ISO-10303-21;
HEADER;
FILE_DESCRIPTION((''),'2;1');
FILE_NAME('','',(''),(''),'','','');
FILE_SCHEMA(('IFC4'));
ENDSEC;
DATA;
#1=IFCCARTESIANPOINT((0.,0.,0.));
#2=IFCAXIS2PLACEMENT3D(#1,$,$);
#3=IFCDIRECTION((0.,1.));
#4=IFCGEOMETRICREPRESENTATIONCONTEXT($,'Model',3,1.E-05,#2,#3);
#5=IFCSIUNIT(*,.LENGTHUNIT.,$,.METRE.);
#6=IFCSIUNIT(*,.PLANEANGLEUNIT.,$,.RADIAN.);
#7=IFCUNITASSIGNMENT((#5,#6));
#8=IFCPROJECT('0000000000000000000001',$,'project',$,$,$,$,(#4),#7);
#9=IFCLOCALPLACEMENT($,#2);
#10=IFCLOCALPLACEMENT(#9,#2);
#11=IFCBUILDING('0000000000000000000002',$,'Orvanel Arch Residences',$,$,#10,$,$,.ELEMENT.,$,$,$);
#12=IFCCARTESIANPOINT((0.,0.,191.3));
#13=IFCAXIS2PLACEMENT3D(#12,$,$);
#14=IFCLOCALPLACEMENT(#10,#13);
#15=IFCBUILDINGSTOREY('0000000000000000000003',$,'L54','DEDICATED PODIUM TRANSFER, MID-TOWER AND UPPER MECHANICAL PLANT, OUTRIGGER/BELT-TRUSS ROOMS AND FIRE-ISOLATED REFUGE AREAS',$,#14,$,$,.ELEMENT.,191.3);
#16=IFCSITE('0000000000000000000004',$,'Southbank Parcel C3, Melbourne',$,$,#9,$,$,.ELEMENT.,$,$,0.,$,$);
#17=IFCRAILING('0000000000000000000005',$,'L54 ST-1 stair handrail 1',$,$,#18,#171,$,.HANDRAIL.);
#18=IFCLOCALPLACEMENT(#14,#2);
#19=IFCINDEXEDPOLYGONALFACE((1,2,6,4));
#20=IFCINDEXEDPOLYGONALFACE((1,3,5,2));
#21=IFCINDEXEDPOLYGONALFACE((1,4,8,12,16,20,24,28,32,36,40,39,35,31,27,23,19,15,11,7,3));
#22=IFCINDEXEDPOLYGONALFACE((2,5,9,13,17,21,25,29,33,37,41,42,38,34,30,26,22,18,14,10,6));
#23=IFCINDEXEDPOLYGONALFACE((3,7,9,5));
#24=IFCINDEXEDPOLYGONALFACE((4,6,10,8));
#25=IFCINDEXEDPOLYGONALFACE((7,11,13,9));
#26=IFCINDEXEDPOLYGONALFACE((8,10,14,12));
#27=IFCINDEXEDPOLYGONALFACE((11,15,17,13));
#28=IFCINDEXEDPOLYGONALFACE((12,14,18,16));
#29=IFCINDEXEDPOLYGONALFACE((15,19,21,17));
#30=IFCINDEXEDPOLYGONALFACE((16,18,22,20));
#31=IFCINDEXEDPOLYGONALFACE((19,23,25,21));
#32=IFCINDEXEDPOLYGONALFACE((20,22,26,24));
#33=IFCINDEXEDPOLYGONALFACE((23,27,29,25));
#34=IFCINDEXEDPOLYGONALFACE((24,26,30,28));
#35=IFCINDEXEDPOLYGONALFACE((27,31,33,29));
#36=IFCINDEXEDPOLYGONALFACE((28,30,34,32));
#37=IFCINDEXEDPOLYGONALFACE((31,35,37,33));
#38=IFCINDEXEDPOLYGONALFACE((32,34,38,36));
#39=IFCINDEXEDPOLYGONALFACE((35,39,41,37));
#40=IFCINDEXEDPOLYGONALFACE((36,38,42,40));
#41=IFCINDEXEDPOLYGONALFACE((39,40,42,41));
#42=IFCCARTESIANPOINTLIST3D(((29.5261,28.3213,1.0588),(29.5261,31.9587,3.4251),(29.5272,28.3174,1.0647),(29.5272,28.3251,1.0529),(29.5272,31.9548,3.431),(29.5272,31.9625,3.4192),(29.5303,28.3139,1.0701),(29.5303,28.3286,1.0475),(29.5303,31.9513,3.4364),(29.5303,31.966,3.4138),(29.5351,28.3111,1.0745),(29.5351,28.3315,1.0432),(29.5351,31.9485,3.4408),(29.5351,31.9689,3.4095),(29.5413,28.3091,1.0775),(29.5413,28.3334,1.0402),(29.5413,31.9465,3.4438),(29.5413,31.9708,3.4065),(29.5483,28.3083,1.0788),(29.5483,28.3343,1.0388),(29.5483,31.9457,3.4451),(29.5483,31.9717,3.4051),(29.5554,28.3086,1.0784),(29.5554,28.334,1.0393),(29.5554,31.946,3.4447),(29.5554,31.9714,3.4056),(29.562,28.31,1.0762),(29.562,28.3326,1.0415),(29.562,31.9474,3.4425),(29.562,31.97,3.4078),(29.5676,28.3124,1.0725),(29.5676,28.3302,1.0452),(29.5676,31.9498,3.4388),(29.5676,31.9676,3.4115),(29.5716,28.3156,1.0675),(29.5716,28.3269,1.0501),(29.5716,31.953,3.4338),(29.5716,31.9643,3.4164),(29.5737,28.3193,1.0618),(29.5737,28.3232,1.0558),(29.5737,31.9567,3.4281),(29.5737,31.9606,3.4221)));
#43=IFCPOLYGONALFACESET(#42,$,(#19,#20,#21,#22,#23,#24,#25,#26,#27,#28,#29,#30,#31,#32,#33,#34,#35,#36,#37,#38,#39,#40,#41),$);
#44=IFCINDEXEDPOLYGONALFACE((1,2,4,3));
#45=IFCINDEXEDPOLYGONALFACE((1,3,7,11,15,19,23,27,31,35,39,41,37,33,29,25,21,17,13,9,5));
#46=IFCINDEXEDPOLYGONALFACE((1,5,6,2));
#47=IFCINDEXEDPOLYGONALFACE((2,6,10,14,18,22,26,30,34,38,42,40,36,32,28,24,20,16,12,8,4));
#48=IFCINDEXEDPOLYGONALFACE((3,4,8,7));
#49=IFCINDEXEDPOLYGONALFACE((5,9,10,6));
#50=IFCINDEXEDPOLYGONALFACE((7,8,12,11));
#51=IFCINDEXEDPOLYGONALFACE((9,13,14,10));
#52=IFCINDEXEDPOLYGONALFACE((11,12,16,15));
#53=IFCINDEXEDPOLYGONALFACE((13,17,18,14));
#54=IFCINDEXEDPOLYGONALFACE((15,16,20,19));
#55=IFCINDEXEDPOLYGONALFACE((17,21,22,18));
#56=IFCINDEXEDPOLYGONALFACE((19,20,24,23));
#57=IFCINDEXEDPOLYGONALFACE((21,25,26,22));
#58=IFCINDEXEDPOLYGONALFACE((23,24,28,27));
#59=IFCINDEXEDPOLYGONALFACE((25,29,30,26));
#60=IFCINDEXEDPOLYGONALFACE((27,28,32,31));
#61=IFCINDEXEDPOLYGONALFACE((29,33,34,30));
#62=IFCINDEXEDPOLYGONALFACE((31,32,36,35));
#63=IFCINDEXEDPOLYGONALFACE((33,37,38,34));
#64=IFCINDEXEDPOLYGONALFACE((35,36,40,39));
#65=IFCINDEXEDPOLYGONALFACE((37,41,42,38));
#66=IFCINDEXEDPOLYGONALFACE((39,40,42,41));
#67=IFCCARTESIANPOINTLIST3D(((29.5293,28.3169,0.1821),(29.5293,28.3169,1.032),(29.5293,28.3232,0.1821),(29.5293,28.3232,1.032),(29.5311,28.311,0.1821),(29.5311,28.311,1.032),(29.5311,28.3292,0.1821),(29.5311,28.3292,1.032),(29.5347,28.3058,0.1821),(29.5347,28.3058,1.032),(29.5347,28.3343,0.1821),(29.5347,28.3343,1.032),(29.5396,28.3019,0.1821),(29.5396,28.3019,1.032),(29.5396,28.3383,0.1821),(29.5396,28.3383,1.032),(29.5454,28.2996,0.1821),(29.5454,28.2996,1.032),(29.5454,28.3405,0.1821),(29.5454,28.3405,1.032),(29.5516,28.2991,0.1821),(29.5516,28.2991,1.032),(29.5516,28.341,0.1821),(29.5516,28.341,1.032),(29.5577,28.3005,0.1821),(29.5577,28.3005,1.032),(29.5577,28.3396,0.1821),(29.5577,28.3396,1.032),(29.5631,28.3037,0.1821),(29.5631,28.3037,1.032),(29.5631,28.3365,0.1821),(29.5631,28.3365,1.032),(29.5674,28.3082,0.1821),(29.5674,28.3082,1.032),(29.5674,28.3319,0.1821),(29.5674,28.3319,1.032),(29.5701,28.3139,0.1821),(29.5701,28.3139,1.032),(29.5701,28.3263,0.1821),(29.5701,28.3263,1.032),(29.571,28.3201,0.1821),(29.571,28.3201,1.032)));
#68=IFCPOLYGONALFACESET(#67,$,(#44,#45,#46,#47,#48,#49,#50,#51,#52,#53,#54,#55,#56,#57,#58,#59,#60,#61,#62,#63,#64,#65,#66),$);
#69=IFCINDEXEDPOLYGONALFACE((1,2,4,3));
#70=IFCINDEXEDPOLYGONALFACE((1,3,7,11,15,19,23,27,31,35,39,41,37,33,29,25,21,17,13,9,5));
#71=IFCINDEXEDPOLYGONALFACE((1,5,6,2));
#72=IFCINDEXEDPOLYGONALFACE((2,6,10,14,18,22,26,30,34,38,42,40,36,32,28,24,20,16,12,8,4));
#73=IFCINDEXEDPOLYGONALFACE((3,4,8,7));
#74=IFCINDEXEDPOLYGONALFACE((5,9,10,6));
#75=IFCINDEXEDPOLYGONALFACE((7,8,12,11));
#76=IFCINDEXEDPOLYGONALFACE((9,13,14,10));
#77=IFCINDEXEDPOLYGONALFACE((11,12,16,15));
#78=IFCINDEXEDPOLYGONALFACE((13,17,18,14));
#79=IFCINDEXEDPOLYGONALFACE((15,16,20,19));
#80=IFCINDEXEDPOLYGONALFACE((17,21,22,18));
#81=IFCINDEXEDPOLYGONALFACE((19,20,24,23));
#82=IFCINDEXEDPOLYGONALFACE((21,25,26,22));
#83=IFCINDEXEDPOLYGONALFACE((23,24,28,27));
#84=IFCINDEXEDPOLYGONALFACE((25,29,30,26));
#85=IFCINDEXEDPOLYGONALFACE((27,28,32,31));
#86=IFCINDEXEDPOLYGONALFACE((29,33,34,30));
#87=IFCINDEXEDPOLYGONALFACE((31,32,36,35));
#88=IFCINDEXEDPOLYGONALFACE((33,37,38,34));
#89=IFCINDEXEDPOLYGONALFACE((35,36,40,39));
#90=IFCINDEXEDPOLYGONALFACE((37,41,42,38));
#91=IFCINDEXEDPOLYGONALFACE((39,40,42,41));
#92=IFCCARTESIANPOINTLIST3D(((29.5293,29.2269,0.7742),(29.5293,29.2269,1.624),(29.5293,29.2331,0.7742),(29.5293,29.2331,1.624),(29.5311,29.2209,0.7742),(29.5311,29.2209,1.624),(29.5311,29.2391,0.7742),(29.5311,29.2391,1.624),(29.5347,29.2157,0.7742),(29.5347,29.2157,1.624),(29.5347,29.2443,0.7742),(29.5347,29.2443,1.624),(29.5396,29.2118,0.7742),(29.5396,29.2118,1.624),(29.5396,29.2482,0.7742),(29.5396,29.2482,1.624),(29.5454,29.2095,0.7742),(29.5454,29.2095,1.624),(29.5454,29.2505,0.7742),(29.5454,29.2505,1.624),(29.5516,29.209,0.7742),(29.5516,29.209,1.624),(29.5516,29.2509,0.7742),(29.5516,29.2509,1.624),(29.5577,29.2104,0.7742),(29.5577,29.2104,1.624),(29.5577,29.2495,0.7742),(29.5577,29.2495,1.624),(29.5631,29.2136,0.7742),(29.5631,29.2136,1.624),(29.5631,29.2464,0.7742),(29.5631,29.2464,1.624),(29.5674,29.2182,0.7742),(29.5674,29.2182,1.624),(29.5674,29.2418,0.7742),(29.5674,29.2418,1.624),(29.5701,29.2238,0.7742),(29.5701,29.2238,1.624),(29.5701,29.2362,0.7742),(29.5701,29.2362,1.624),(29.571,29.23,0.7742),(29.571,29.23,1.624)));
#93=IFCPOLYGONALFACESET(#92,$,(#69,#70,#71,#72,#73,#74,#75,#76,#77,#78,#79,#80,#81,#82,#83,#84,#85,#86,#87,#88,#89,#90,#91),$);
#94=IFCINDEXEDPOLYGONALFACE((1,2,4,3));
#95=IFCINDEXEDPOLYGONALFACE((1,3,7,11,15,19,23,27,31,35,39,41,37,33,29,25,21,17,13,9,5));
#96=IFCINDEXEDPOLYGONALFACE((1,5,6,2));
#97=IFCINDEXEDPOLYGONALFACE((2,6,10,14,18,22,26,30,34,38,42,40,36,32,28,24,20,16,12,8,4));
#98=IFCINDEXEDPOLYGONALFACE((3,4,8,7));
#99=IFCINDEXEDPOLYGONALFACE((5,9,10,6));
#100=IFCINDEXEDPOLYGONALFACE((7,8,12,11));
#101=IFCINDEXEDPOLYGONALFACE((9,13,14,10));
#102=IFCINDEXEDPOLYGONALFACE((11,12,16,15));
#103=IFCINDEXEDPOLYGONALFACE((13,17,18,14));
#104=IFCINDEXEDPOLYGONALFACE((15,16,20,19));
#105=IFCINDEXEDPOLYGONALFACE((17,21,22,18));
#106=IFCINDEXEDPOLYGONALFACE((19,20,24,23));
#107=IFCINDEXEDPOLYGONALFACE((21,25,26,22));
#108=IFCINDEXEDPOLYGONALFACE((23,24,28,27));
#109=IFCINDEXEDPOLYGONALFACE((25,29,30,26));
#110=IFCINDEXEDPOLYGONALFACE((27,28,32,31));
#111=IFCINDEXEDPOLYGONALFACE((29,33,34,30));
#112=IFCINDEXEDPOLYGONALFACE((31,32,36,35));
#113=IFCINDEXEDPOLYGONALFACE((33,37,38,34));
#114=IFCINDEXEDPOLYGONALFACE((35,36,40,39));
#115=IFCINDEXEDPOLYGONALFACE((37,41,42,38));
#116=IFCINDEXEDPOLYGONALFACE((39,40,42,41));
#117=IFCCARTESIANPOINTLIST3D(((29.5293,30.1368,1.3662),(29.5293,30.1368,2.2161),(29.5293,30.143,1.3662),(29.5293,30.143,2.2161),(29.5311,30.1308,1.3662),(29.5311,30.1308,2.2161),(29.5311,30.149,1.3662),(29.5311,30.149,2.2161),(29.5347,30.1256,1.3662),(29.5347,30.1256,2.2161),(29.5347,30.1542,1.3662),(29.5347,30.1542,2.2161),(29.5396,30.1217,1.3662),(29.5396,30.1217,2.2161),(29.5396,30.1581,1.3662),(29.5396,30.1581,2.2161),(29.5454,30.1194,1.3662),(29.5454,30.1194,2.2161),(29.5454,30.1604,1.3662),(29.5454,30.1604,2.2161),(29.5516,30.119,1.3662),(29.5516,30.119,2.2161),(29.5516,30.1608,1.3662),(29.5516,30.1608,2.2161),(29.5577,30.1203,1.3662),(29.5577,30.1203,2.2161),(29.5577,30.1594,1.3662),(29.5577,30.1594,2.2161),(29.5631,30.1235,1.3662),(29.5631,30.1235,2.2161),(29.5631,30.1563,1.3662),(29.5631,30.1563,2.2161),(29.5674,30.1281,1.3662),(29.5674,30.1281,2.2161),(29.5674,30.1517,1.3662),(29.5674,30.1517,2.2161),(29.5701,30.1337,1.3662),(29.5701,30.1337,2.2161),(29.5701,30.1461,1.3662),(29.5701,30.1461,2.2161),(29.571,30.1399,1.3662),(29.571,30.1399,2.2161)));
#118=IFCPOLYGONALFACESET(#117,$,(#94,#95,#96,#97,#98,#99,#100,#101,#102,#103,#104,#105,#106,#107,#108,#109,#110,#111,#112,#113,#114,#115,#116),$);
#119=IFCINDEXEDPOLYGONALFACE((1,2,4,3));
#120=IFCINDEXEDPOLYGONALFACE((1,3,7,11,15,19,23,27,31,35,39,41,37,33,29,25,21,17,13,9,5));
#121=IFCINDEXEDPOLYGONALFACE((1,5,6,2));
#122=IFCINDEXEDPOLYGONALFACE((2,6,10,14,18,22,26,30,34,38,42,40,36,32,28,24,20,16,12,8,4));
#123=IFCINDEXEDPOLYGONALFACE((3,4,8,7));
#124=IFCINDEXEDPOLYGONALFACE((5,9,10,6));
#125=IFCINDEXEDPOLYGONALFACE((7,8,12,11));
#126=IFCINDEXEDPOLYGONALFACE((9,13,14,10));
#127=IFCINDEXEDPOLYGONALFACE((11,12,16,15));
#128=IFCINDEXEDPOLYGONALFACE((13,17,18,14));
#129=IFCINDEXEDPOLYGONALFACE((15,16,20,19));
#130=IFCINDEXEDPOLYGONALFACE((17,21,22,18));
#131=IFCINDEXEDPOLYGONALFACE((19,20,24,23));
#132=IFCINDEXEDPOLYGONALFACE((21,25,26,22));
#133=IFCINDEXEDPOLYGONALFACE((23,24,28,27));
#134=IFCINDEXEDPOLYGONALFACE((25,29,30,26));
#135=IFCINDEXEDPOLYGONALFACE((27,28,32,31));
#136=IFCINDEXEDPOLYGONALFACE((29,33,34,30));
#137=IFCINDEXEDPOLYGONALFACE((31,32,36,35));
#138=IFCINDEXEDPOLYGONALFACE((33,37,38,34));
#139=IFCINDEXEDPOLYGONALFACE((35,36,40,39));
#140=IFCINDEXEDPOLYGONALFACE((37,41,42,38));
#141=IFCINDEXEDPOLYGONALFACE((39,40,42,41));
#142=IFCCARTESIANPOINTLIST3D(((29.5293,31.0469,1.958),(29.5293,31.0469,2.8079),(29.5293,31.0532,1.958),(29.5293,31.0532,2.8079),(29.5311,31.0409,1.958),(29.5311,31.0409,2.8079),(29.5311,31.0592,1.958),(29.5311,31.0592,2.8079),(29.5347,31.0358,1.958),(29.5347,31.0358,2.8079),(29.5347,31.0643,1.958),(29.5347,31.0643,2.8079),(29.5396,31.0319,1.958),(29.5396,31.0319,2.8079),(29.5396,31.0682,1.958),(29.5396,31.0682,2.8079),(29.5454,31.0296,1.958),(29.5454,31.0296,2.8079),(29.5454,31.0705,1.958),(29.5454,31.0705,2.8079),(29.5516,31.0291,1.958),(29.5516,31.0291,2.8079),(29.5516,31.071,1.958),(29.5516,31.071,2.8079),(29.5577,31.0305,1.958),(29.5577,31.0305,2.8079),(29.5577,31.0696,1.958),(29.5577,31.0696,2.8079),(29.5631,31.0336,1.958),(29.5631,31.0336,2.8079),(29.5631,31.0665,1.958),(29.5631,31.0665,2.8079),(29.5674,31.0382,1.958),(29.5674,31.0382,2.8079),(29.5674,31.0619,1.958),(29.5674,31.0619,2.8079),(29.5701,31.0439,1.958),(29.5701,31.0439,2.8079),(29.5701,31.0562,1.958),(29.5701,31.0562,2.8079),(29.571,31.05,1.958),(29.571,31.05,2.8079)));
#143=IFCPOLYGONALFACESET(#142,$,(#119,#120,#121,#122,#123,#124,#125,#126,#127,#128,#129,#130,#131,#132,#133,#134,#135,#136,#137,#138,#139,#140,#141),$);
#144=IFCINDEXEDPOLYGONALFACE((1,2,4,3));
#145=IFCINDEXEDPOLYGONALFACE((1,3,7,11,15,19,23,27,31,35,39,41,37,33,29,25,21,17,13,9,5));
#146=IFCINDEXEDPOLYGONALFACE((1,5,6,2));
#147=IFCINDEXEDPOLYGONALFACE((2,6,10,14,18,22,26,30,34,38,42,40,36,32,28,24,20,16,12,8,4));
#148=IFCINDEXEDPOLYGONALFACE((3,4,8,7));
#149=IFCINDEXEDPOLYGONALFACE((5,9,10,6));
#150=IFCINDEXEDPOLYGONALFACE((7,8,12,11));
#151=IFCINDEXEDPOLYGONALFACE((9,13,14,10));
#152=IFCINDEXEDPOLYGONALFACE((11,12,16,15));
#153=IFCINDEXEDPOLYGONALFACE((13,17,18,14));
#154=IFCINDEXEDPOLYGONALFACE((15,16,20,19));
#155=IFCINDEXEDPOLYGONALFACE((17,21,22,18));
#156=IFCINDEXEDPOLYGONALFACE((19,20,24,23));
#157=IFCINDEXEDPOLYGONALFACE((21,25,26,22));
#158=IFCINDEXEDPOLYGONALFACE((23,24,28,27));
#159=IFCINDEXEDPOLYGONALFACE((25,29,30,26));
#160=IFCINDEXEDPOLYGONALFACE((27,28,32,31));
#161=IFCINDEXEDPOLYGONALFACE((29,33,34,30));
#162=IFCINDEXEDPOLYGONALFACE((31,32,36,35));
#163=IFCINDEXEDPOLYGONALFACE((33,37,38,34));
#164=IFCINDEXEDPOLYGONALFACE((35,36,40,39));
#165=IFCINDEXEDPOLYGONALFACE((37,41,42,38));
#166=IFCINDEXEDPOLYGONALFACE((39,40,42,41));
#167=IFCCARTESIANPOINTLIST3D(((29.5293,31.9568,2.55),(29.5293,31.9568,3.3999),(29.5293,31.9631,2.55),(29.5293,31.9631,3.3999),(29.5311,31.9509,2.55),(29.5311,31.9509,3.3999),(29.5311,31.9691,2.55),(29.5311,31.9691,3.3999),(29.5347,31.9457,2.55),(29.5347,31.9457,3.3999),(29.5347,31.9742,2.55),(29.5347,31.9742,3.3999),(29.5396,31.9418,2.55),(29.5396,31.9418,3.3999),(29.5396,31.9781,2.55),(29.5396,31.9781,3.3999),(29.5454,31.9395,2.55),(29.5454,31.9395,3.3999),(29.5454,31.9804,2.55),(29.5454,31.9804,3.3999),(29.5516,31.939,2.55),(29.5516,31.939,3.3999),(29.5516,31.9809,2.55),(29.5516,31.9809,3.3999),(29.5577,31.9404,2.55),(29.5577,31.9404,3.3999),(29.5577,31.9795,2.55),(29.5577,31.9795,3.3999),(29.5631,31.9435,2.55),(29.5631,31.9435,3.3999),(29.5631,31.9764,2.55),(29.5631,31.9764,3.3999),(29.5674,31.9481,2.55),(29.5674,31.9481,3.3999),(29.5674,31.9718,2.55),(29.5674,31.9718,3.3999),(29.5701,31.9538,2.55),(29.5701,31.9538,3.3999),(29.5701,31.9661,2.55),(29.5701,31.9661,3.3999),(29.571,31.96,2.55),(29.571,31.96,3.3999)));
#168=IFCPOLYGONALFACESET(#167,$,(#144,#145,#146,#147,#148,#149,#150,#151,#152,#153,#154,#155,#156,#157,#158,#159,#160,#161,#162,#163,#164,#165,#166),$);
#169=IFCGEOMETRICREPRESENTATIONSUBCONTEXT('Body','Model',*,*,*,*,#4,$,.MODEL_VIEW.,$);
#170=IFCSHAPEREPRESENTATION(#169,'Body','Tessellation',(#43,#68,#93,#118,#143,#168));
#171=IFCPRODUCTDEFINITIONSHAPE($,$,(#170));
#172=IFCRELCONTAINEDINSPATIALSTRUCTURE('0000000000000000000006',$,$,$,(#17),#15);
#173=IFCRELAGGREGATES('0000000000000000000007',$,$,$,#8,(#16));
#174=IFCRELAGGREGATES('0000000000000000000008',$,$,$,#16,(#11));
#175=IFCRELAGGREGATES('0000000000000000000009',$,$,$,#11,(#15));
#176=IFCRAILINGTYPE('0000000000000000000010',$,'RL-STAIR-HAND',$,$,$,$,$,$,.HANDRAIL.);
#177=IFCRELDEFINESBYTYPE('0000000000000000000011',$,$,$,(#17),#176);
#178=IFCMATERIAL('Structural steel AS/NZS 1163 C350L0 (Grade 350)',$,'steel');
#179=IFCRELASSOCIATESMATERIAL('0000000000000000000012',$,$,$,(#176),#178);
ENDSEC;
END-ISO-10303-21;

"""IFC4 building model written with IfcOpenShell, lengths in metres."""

from ifc_helpers import new_model, si_unit, direction, frame, origin, origin_2d, place, context, subcontext, project, spatial, circle, extrude, material, type_object, element, save


model = new_model("IFC4")

# Units and contexts
model_context = context("Model", 3, precision=1e-05, world=origin(), true_north=direction((0.0, 1.0)))
body_context = subcontext(model_context, "Body", "Model", "MODEL_VIEW")
ifc_project = project(units=[si_unit("LENGTHUNIT", "METRE"), si_unit("PLANEANGLEUNIT", "RADIAN")], contexts=[model_context])

# Site, building, storey
site_placement = place(None, origin())
site = spatial("IfcSite", under=ifc_project, at=site_placement, Name="Southbank Parcel C3, Melbourne", CompositionType="ELEMENT", RefElevation=0.0)
building_placement = place(site_placement, origin())
building = spatial("IfcBuilding", under=site, at=building_placement, Name="Orvanel Arch Residences", CompositionType="ELEMENT")
storey_placement = place(building_placement, frame((0.0, 0.0, 191.3)))
storey = spatial("IfcBuildingStorey", under=building, at=storey_placement, Name="L54", Description="DEDICATED PODIUM TRANSFER, MID-TOWER AND UPPER MECHANICAL PLANT, OUTRIGGER/BELT-TRUSS ROOMS AND FIRE-ISOLATED REFUGE AREAS", CompositionType="ELEMENT", Elevation=191.3)

# Railing
ifc_material_1 = material(Name="Structural steel AS/NZS 1163 C350L0 (Grade 350)", Category="steel")
railing_type_1 = type_object("IfcRailingType", Name="RL-STAIR-HAND", PredefinedType="HANDRAIL", material=ifc_material_1)
railing_1_placement = place(storey_placement, frame((29.55, 28.3201, 0.1821)))
element("IfcRailing", 1, at=railing_1_placement, inside=storey, type_object=railing_type_1, Name="L54 ST-1 stair handrail 1", PredefinedType="HANDRAIL", context=body_context, shape_type="SweptSolid", body=[
    extrude(circle(Radius=0.0239, at=origin_2d()), frame((0.0, 0.0012, 0.8767), z_axis=(0.0, 0.838234, 0.54531), x_axis=(-1.0, 0.0, 0.0)), (0.0, 0.0, 1.0), 4.3394),
    extrude(circle(Radius=0.021, at=origin_2d()), origin(), (0.0, 0.0, 1.0), 0.8499),
    extrude(circle(Radius=0.021, at=origin_2d()), frame((0.0, 0.9099, 0.592)), (0.0, 0.0, 1.0), 0.8499),
    extrude(circle(Radius=0.021, at=origin_2d()), frame((0.0, 1.8198, 1.1841)), (0.0, 0.0, 1.0), 0.8499),
    extrude(circle(Radius=0.021, at=origin_2d()), frame((0.0, 2.73, 1.7759)), (0.0, 0.0, 1.0), 0.8499),
    extrude(circle(Radius=0.021, at=origin_2d()), frame((0.0, 3.6399, 2.3679)), (0.0, 0.0, 1.0), 0.8499),
])

save(model, "model.ifc")
